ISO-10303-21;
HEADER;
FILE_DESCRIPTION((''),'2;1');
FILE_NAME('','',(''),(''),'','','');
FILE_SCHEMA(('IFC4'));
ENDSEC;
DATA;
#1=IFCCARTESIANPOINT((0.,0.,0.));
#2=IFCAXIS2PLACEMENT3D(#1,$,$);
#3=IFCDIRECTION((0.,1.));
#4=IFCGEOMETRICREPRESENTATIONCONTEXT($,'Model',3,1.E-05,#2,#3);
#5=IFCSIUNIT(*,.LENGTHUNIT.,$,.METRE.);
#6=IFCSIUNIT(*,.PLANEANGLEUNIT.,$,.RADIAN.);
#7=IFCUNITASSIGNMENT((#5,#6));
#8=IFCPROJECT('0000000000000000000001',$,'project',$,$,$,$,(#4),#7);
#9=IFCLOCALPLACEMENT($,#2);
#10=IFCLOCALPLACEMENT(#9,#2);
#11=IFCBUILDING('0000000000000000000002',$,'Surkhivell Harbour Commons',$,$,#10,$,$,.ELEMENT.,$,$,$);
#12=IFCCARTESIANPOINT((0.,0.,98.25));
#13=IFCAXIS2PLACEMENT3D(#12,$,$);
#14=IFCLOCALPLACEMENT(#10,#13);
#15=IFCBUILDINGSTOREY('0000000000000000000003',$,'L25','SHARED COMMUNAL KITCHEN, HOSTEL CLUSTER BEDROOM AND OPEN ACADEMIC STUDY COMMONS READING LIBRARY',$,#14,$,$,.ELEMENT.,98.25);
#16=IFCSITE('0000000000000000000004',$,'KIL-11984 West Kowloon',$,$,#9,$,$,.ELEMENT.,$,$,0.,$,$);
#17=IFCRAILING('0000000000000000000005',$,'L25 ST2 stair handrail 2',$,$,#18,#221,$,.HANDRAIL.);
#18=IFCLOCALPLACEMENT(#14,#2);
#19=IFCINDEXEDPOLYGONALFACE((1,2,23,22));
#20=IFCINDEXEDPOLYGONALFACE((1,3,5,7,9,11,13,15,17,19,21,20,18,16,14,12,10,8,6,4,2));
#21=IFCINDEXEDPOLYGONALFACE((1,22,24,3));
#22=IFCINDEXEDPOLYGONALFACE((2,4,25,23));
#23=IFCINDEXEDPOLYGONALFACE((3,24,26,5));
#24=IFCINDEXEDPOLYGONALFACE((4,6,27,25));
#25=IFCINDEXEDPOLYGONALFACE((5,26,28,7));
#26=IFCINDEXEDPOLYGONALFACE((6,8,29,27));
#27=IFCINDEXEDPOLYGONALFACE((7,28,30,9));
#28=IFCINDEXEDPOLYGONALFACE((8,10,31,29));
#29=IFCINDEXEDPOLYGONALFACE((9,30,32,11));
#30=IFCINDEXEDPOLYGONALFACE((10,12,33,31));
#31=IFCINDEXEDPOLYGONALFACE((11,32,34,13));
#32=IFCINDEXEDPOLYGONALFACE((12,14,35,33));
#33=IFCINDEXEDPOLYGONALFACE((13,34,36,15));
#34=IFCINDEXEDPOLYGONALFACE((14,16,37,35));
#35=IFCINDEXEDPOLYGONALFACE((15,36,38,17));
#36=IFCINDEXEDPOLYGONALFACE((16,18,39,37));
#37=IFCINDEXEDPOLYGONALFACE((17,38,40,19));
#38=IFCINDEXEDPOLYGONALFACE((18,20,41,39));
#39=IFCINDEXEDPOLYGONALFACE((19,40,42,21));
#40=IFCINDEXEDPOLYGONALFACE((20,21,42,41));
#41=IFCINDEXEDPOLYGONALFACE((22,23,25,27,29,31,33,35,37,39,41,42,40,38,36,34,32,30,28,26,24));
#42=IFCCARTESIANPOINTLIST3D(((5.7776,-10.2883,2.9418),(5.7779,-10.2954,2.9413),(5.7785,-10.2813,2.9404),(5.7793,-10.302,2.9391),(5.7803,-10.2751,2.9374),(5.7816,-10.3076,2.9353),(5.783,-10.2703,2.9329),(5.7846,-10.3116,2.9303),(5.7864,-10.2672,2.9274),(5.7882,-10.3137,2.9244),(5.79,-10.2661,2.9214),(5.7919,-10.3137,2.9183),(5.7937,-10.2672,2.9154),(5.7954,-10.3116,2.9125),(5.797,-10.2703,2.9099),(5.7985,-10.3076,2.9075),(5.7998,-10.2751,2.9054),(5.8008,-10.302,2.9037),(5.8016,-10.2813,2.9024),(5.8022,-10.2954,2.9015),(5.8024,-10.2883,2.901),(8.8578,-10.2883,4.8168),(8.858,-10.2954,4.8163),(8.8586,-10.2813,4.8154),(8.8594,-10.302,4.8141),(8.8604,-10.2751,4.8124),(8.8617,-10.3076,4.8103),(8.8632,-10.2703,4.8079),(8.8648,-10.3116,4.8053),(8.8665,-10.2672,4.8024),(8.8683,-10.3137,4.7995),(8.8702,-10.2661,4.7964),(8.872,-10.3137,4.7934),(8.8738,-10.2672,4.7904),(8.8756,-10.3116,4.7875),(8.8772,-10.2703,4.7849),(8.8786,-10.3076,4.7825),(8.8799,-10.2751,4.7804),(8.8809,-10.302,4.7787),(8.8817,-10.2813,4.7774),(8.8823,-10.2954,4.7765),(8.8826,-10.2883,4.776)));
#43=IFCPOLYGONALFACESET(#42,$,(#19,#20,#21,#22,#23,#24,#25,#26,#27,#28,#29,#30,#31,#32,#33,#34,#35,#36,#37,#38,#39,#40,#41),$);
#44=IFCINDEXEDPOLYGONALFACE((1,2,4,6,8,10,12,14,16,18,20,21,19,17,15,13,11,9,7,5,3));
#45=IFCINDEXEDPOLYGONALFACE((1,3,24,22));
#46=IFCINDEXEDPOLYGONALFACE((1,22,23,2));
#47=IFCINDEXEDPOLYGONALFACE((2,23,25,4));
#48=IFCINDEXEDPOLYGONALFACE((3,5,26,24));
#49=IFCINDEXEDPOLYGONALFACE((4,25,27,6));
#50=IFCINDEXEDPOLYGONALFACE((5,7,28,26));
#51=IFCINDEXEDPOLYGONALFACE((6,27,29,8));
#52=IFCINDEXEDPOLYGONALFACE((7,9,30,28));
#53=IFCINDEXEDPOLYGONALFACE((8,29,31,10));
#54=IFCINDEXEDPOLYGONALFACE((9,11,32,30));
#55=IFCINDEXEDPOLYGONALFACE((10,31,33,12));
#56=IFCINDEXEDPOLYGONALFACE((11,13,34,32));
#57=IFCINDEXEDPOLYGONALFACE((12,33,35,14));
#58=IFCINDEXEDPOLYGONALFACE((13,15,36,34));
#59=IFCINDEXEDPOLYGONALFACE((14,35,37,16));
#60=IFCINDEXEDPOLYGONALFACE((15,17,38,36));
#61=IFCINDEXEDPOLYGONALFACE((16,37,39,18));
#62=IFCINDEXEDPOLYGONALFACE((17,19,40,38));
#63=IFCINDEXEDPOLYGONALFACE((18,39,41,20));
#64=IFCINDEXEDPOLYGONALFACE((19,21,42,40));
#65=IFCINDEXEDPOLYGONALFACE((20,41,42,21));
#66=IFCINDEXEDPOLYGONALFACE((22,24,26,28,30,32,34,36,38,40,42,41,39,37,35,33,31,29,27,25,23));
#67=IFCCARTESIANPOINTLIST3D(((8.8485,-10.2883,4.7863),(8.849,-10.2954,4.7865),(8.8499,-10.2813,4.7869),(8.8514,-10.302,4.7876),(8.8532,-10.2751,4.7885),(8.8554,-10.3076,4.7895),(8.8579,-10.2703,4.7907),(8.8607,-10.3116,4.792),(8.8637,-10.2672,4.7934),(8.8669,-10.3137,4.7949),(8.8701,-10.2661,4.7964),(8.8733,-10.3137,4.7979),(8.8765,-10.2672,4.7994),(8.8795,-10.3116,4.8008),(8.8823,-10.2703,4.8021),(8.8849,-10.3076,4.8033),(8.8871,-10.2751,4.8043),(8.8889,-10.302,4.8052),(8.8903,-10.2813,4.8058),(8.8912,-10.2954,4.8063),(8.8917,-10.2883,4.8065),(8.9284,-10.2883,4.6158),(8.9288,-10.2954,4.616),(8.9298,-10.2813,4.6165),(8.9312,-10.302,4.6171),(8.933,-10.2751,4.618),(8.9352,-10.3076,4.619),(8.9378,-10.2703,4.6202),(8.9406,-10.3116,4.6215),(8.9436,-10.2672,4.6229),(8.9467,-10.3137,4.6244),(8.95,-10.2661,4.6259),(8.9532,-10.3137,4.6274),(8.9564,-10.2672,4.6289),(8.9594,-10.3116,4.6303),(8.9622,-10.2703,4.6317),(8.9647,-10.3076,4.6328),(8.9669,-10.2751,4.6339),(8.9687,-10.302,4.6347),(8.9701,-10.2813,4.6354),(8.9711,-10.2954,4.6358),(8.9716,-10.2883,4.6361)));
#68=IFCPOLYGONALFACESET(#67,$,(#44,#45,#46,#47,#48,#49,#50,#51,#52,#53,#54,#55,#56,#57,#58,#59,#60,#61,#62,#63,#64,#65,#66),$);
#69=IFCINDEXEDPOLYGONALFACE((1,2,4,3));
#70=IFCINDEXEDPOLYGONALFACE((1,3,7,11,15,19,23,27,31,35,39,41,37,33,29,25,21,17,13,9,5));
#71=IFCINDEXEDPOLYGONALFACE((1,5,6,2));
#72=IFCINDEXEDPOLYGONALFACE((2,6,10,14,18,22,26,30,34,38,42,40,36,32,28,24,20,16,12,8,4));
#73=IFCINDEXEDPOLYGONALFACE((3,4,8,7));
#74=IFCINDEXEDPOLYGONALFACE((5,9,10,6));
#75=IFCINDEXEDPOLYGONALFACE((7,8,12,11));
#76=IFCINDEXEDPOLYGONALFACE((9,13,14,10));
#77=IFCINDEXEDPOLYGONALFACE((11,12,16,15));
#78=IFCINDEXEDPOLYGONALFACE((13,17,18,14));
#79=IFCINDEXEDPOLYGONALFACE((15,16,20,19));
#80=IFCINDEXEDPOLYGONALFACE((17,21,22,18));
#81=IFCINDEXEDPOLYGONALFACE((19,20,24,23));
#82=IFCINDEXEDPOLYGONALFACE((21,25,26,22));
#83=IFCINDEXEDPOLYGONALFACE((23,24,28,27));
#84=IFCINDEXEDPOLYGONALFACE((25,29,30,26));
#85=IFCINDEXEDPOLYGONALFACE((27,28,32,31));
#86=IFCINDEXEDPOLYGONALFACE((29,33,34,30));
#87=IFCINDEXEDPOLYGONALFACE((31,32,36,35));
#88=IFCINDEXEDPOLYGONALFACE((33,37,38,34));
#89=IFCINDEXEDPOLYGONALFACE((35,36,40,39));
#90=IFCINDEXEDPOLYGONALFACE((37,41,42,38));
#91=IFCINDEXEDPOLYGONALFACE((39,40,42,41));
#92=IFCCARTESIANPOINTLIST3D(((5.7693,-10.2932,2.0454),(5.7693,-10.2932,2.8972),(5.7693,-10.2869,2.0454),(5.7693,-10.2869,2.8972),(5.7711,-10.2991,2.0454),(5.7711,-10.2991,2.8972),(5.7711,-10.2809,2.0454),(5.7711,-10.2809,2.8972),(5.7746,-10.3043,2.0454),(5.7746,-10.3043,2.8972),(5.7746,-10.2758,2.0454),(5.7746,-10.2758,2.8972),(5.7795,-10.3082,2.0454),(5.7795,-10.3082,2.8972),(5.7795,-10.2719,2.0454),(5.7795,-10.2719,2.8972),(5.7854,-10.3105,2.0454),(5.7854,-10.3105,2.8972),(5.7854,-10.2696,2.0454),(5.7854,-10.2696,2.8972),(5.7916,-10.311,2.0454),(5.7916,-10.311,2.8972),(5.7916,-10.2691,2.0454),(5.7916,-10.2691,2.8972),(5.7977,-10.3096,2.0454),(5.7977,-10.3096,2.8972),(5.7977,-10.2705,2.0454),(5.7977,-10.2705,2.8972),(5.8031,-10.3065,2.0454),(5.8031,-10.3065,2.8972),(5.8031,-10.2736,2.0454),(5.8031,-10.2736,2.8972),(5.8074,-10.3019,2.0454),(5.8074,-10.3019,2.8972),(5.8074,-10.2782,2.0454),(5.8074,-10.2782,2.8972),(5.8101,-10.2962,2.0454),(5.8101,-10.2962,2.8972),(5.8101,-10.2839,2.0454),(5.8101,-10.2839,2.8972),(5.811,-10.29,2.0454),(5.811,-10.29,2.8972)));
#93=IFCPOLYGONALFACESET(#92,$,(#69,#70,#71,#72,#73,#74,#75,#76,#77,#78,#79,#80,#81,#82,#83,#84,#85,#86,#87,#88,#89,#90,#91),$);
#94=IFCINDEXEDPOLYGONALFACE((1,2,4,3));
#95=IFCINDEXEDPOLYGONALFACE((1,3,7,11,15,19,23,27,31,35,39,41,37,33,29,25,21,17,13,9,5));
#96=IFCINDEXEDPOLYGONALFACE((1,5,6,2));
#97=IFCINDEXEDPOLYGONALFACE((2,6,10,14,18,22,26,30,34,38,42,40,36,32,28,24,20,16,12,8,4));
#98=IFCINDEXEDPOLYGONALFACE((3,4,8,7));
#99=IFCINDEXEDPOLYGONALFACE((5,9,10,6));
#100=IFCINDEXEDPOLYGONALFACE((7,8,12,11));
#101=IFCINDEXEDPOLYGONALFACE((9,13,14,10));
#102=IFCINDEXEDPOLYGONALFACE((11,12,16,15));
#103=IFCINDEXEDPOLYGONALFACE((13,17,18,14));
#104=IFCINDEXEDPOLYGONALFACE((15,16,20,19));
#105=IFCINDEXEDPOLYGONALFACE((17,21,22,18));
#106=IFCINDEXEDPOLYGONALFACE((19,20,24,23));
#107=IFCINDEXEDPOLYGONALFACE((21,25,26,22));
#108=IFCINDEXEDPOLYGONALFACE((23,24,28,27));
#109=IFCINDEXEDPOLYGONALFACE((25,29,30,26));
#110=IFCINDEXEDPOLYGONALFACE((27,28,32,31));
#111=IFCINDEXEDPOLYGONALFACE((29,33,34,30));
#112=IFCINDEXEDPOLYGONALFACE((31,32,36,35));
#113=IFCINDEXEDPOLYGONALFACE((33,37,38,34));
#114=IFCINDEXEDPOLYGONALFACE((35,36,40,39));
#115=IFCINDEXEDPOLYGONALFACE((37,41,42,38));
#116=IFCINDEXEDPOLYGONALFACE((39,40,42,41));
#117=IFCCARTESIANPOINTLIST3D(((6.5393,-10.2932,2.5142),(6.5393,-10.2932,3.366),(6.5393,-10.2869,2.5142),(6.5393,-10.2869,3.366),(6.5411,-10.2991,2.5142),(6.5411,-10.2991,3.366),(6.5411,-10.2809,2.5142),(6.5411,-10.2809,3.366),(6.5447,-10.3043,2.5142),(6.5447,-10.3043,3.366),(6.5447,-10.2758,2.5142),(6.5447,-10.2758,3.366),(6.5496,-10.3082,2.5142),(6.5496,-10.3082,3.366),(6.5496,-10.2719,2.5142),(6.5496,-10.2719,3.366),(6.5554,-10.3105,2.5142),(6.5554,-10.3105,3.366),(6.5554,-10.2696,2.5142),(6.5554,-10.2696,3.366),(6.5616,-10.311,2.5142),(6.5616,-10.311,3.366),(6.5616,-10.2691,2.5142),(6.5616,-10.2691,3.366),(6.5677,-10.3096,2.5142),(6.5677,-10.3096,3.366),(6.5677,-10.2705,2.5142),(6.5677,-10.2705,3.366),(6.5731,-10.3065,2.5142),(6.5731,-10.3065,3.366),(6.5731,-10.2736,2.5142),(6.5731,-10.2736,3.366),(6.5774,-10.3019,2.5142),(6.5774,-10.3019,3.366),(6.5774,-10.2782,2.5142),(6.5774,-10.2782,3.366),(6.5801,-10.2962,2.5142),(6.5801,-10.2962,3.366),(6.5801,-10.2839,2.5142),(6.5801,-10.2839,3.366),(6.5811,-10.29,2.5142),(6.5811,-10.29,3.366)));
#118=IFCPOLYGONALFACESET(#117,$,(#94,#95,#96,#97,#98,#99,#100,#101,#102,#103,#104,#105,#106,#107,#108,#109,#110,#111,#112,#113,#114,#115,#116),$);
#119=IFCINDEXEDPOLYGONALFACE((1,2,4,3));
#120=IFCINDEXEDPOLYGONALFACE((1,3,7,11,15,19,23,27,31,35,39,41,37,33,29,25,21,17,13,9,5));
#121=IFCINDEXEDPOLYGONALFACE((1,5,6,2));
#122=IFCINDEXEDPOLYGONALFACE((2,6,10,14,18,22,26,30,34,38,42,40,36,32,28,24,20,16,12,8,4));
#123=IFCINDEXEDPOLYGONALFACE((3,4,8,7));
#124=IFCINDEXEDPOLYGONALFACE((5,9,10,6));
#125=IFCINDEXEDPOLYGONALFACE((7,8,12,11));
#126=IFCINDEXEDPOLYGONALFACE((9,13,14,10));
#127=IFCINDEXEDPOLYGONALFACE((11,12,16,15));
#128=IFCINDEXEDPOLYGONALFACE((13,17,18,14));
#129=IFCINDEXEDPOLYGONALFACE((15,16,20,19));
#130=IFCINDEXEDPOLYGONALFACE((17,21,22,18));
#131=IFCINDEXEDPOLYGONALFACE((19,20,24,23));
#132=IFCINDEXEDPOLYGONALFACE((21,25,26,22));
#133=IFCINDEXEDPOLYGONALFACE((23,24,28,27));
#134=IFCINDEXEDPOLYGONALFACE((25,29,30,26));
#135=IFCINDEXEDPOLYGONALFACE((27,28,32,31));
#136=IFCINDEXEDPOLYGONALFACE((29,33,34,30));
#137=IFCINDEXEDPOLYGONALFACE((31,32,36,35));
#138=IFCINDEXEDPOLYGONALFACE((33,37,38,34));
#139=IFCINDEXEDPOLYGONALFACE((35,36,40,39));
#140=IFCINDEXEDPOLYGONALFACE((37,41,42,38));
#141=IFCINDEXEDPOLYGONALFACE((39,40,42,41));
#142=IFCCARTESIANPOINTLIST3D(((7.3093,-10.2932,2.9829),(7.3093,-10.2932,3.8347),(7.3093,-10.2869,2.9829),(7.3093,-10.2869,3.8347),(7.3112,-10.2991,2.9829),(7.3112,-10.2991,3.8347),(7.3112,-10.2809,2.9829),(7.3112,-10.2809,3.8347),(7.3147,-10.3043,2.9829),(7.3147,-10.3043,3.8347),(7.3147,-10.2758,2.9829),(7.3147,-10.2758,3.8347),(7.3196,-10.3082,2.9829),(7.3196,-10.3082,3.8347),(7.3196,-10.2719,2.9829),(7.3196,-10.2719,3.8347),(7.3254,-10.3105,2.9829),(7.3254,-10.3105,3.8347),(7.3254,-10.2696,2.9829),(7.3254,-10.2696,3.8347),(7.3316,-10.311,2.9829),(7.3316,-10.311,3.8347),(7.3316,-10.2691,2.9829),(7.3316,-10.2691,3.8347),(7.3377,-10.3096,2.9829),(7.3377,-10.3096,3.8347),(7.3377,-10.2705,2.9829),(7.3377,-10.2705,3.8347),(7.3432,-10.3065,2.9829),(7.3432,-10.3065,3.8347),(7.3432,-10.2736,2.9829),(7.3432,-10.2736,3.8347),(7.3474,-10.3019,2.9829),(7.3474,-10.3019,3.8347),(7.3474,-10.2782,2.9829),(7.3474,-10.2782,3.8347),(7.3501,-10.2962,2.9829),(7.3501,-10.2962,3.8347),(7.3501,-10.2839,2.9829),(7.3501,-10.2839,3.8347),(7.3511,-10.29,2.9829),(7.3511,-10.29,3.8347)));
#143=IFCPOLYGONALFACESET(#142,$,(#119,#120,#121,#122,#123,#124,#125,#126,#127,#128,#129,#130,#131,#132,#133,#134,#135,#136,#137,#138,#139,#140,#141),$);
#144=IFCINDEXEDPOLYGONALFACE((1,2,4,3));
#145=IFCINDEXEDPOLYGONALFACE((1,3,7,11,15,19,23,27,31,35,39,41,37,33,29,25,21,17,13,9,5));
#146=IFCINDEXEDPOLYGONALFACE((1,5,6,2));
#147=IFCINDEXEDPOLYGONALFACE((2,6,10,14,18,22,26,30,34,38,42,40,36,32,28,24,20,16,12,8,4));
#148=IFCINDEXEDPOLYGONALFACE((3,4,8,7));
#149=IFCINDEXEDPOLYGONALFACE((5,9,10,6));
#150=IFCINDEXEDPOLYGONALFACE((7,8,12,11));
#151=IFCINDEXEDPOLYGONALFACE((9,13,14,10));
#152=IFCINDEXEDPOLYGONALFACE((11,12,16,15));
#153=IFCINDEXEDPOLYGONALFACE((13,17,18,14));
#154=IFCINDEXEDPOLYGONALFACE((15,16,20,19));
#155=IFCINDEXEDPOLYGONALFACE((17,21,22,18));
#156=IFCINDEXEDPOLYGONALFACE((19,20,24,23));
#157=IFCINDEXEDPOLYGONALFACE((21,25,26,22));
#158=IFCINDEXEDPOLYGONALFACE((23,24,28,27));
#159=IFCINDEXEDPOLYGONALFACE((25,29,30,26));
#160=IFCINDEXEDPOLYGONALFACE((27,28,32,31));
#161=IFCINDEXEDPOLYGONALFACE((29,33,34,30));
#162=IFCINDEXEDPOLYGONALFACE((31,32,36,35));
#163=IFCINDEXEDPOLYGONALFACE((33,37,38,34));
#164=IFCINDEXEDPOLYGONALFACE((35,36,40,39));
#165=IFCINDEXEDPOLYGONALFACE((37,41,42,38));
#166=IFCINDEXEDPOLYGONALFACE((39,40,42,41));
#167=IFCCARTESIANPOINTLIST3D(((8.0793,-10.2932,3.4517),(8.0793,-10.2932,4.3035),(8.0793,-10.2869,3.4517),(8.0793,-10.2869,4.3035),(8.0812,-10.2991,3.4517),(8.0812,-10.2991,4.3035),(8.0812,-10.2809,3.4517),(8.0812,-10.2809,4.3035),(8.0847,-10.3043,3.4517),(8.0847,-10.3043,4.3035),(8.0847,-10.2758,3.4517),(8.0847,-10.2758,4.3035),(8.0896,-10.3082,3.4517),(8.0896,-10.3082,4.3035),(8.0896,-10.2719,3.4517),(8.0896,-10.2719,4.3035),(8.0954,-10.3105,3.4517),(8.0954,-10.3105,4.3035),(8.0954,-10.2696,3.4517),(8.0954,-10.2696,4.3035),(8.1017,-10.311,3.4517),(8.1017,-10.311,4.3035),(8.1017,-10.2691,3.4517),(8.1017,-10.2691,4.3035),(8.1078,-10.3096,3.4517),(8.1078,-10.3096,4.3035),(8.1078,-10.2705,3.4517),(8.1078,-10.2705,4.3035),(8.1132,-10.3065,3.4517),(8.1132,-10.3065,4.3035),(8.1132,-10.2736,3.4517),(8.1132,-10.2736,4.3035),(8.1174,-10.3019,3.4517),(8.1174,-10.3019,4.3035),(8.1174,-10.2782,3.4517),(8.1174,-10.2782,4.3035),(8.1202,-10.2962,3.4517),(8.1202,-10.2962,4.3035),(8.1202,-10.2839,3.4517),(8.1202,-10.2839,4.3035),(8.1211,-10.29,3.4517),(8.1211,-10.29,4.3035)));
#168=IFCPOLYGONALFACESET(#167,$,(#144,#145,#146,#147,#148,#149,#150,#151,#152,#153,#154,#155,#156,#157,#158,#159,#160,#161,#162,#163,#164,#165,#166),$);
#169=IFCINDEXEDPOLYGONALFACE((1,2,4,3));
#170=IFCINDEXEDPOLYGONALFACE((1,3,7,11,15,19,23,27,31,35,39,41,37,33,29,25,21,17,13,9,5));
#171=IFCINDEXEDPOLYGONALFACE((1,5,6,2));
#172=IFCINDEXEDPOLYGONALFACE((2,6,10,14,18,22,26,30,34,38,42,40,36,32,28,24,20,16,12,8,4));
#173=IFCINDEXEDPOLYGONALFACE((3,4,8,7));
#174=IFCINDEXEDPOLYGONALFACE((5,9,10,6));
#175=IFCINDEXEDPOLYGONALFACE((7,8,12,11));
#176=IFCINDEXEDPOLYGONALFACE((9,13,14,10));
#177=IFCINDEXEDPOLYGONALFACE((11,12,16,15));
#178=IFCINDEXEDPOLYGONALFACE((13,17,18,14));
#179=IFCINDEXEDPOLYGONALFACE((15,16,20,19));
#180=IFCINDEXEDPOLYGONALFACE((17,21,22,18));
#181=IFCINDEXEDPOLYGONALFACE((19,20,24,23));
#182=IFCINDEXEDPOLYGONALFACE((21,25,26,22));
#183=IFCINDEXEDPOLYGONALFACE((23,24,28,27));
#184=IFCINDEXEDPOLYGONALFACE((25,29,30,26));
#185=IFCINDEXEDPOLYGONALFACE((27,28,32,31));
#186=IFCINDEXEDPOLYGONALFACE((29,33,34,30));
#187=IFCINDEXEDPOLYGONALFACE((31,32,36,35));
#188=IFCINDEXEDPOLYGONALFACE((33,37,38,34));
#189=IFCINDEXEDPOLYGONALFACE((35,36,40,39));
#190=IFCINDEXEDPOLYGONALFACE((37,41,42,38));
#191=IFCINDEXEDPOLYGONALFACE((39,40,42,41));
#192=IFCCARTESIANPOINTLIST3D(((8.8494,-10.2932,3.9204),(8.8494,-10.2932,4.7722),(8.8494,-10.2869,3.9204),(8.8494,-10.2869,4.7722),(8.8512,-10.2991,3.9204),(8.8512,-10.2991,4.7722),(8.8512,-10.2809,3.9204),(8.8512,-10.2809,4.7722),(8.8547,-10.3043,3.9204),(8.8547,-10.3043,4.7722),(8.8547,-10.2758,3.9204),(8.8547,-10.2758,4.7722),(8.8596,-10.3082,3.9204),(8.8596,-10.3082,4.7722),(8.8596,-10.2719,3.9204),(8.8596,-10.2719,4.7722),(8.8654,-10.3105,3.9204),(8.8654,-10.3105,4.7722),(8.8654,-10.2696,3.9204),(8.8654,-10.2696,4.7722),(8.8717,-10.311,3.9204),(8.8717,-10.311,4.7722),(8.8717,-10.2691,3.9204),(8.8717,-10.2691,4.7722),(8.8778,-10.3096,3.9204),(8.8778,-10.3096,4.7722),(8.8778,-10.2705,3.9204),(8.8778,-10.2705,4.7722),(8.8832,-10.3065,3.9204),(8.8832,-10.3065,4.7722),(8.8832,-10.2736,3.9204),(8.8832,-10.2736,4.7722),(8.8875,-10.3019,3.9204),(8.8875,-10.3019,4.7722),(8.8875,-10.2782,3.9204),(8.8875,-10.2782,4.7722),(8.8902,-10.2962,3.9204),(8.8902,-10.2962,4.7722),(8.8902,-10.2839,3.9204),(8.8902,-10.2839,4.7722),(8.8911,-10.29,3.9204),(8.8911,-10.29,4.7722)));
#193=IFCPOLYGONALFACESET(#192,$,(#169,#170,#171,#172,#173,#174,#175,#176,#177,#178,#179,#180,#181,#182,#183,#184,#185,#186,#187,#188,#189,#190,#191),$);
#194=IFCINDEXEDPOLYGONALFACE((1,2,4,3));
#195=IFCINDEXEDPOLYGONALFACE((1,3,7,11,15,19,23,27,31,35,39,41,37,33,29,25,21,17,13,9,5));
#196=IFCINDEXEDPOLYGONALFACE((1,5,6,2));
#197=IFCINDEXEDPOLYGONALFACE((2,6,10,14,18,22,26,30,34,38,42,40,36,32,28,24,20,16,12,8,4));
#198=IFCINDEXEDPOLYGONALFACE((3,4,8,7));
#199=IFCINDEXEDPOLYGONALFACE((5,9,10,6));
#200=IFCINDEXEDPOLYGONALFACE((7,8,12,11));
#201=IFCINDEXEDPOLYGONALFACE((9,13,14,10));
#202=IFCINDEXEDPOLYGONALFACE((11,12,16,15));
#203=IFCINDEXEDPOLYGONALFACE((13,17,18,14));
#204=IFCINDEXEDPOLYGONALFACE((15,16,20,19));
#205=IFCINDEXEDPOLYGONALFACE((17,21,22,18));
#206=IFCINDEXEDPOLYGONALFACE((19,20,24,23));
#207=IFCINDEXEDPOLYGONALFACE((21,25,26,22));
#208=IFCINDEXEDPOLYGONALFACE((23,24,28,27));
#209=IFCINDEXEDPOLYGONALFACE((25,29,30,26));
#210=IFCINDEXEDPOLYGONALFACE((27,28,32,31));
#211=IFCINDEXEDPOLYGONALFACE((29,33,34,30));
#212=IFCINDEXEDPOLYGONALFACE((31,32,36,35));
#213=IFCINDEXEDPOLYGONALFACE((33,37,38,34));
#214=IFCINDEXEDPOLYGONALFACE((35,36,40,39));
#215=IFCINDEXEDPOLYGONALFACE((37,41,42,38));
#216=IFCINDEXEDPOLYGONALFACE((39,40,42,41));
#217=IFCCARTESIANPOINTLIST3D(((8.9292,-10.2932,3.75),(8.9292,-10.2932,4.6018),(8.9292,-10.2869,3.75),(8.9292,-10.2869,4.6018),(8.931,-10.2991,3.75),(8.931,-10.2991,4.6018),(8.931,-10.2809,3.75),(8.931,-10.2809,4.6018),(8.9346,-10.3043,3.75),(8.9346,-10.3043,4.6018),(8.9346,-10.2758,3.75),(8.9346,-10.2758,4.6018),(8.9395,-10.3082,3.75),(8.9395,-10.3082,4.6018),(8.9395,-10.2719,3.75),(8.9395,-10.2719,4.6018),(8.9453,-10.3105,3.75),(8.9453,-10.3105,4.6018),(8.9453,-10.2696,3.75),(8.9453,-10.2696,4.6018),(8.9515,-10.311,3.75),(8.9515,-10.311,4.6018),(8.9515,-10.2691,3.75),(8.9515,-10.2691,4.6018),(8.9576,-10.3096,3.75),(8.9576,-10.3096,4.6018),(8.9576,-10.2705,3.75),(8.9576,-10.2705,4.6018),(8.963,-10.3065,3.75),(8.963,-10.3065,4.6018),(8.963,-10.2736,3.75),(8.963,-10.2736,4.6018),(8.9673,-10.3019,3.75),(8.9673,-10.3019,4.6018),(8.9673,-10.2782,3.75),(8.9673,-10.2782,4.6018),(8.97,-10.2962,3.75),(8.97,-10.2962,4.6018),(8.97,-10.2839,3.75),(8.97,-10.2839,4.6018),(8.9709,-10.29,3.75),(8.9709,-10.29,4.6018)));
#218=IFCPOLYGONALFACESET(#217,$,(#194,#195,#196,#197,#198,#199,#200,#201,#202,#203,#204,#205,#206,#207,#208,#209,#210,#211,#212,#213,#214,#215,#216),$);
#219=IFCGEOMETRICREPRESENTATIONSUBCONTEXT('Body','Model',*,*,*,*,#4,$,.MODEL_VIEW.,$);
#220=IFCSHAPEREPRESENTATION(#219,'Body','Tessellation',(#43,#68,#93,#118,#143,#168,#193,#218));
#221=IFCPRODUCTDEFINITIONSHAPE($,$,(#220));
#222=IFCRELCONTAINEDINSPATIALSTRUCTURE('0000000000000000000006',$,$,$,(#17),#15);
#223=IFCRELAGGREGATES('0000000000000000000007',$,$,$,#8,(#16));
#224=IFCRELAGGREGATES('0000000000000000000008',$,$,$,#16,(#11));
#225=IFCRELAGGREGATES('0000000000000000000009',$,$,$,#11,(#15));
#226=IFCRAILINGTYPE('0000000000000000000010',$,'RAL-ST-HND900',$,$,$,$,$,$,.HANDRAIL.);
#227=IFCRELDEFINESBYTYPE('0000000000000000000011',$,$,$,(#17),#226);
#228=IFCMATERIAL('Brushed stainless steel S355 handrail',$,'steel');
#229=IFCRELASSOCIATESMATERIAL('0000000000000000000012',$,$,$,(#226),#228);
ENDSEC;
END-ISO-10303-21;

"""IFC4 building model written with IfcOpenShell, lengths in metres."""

from ifc_helpers import new_model, si_unit, direction, frame, origin, origin_2d, place, context, subcontext, project, spatial, circle, extrude, material, type_object, element, save


model = new_model("IFC4")

# Units and contexts
model_context = context("Model", 3, precision=1e-05, world=origin(), true_north=direction((0.0, 1.0)))
body_context = subcontext(model_context, "Body", "Model", "MODEL_VIEW")
ifc_project = project(units=[si_unit("LENGTHUNIT", "METRE"), si_unit("PLANEANGLEUNIT", "RADIAN")], contexts=[model_context])

# Site, building, storey
site_placement = place(None, origin())
site = spatial("IfcSite", under=ifc_project, at=site_placement, Name="KIL-11984 West Kowloon", CompositionType="ELEMENT", RefElevation=0.0)
building_placement = place(site_placement, origin())
building = spatial("IfcBuilding", under=site, at=building_placement, Name="Surkhivell Harbour Commons", CompositionType="ELEMENT")
storey_placement = place(building_placement, frame((0.0, 0.0, 98.25)))
storey = spatial("IfcBuildingStorey", under=building, at=storey_placement, Name="L25", Description="SHARED COMMUNAL KITCHEN, HOSTEL CLUSTER BEDROOM AND OPEN ACADEMIC STUDY COMMONS READING LIBRARY", CompositionType="ELEMENT", Elevation=98.25)

# Railing
ifc_material_1 = material(Name="Brushed stainless steel S355 handrail", Category="steel")
railing_type_1 = type_object("IfcRailingType", Name="RAL-ST-HND900", PredefinedType="HANDRAIL", material=ifc_material_1)
railing_1_placement = place(storey_placement, frame((5.79, -10.29, 2.0454)))
element("IfcRailing", 1, at=railing_1_placement, inside=storey, type_object=railing_type_1, Name="L25 ST2 stair handrail 2", PredefinedType="HANDRAIL", context=body_context, shape_type="SweptSolid", body=[
    extrude(circle(Radius=0.0239, at=origin_2d()), frame((0.0, 0.0, 0.876), z_axis=(0.854178, 0.0, 0.519981), x_axis=(0.0, 1.0, 0.0)), (0.0, 0.0, 1.0), 3.606),
    extrude(circle(Radius=0.0239, at=origin_2d()), frame((3.0801, 0.0, 2.751), z_axis=(0.424234, 0.0, -0.905552), x_axis=(0.0, 1.0, 0.0)), (0.0, 0.0, 1.0), 0.1882),
    extrude(circle(Radius=0.021, at=origin_2d()), origin(), (0.0, 0.0, 1.0), 0.8518),
    extrude(circle(Radius=0.021, at=origin_2d()), frame((0.77, 0.0, 0.4688)), (0.0, 0.0, 1.0), 0.8518),
    extrude(circle(Radius=0.021, at=origin_2d()), frame((1.54, 0.0, 0.9375)), (0.0, 0.0, 1.0), 0.8518),
    extrude(circle(Radius=0.021, at=origin_2d()), frame((2.3101, 0.0, 1.4062)), (0.0, 0.0, 1.0), 0.8518),
    extrude(circle(Radius=0.021, at=origin_2d()), frame((3.0801, 0.0, 1.875)), (0.0, 0.0, 1.0), 0.8518),
    extrude(circle(Radius=0.021, at=origin_2d()), frame((3.1599, 0.0, 1.7046)), (0.0, 0.0, 1.0), 0.8518),
])

save(model, "model.ifc")
